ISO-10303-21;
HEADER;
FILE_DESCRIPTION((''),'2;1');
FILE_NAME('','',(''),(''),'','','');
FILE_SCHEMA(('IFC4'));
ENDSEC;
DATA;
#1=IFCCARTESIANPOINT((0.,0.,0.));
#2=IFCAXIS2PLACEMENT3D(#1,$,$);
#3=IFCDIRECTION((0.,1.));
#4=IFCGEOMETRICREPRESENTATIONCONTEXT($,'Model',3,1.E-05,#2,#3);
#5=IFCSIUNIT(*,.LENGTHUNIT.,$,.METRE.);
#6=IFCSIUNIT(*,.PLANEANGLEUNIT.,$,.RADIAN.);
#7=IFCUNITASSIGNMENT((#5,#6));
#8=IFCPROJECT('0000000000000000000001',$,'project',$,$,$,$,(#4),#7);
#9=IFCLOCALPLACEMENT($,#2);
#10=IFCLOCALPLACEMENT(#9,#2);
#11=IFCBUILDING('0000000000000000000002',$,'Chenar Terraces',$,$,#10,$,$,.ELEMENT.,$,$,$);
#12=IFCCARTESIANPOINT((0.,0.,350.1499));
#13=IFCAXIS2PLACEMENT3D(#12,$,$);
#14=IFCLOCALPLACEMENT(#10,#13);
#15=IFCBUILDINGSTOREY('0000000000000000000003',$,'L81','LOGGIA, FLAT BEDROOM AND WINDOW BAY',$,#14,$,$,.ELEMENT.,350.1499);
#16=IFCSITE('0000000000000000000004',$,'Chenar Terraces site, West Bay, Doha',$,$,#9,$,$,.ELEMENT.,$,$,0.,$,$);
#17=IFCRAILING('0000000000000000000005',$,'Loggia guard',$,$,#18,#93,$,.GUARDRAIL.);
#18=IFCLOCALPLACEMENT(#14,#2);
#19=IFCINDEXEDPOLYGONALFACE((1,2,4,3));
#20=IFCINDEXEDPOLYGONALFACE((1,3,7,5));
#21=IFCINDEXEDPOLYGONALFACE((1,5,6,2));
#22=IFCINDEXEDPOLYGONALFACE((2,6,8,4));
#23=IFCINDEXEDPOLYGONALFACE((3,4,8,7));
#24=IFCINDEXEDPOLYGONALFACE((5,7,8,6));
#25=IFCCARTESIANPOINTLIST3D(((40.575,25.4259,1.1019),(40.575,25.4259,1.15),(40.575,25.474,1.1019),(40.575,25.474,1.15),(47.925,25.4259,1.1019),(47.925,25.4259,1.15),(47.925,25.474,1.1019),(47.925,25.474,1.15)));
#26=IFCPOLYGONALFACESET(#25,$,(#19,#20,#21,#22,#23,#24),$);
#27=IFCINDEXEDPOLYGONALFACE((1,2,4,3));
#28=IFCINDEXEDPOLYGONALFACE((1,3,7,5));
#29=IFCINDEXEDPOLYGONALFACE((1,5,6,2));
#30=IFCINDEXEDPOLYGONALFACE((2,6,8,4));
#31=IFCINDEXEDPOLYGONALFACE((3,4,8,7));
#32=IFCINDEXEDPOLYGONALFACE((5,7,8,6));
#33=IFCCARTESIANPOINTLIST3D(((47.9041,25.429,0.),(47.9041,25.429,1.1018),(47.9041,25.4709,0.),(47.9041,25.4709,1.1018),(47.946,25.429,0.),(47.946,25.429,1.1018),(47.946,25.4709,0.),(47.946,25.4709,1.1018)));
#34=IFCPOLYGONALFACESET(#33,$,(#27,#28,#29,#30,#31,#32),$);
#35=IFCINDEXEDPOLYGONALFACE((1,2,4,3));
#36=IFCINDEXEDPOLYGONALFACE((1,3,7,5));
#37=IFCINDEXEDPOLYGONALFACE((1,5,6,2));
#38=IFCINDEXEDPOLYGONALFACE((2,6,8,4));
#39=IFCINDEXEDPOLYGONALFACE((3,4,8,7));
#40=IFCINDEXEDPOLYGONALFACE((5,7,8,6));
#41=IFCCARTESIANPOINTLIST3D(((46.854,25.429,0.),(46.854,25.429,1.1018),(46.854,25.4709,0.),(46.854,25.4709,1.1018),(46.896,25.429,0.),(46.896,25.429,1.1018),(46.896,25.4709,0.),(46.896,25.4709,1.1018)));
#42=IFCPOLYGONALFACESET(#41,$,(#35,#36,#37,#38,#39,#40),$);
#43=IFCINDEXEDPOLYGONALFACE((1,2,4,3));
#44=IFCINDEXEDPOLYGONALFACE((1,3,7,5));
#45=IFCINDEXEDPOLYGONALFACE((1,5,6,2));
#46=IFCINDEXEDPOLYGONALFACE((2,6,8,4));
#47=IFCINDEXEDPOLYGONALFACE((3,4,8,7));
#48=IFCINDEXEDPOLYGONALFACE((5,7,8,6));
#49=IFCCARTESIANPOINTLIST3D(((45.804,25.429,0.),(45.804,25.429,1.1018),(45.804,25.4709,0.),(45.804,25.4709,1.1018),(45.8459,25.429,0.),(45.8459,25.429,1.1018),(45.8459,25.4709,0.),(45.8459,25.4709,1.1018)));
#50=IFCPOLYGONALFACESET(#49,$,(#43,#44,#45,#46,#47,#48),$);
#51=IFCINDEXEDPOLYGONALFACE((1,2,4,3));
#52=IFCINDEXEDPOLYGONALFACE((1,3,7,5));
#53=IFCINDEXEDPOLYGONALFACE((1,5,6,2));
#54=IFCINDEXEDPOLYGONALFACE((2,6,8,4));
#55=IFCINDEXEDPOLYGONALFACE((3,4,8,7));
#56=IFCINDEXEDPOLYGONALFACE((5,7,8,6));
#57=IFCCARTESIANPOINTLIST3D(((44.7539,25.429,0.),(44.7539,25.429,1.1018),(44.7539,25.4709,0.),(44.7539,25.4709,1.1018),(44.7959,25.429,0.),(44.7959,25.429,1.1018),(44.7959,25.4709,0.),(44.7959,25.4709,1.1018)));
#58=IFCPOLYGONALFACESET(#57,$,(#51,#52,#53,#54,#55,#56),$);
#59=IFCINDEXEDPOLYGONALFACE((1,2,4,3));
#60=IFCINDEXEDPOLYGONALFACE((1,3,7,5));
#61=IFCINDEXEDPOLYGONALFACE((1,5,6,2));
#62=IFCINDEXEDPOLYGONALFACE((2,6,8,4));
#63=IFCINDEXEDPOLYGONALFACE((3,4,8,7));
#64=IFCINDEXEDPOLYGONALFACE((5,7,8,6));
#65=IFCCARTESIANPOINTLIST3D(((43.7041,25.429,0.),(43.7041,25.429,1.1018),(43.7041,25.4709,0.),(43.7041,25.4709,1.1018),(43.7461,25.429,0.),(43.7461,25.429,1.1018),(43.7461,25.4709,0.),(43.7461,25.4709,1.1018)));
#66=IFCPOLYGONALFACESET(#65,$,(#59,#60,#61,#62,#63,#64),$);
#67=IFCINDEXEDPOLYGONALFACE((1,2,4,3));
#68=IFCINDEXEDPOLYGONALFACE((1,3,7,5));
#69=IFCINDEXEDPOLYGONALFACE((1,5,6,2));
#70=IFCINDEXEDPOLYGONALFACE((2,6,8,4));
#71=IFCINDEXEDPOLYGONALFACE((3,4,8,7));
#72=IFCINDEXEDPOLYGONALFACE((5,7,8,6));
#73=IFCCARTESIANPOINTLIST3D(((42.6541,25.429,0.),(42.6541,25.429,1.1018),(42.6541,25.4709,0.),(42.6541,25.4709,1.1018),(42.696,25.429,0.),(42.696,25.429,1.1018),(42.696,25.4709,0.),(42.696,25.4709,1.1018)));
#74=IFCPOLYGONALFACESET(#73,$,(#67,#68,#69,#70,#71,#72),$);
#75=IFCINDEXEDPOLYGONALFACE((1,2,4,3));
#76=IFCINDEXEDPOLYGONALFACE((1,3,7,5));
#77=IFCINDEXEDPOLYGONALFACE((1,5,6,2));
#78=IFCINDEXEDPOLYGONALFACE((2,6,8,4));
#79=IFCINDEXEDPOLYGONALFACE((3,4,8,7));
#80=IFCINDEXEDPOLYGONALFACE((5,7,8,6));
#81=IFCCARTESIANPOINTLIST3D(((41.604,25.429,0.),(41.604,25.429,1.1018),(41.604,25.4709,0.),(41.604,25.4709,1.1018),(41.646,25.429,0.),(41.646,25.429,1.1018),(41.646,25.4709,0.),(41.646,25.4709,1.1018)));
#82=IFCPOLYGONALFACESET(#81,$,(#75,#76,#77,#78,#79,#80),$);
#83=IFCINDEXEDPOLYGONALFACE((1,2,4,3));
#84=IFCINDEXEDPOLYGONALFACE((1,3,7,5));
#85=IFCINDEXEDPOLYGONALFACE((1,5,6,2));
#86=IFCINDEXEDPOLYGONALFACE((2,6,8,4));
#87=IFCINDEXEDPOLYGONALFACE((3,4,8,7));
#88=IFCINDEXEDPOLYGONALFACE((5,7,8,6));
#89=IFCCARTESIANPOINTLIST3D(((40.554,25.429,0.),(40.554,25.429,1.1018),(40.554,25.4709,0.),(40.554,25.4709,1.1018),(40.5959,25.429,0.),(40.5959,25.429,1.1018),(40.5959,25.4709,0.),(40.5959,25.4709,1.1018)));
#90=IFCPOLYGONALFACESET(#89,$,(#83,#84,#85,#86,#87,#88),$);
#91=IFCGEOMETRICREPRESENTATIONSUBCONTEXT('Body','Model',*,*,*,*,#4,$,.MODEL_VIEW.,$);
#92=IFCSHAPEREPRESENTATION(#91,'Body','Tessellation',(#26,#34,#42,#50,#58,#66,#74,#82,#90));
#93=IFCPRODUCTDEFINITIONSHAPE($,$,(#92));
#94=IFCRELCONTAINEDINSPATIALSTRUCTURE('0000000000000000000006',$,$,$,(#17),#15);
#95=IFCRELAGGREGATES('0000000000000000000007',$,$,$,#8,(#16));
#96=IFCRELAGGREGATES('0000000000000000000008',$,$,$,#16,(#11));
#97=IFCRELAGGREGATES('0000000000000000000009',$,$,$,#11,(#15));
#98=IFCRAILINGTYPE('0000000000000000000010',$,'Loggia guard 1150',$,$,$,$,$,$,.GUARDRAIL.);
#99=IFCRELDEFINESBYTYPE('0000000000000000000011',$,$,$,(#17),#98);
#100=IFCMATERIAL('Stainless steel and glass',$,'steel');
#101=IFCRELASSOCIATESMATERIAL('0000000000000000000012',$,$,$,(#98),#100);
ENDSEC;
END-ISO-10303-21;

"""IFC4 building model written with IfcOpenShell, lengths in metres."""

from ifc_helpers import new_model, si_unit, direction, frame, origin, origin_2d, place, context, subcontext, project, spatial, rectangle, extrude, material, type_object, element, save


model = new_model("IFC4")

# Units and contexts
model_context = context("Model", 3, precision=1e-05, world=origin(), true_north=direction((0.0, 1.0)))
body_context = subcontext(model_context, "Body", "Model", "MODEL_VIEW")
ifc_project = project(units=[si_unit("LENGTHUNIT", "METRE"), si_unit("PLANEANGLEUNIT", "RADIAN")], contexts=[model_context])

# Site, building, storey
site_placement = place(None, origin())
site = spatial("IfcSite", under=ifc_project, at=site_placement, Name="Chenar Terraces site, West Bay, Doha", CompositionType="ELEMENT", RefElevation=0.0)
building_placement = place(site_placement, origin())
building = spatial("IfcBuilding", under=site, at=building_placement, Name="Chenar Terraces", CompositionType="ELEMENT")
storey_placement = place(building_placement, frame((0.0, 0.0, 350.1499)))
storey = spatial("IfcBuildingStorey", under=building, at=storey_placement, Name="L81", Description="LOGGIA, FLAT BEDROOM AND WINDOW BAY", CompositionType="ELEMENT", Elevation=350.1499)

# Railing
ifc_material_1 = material(Name="Stainless steel and glass", Category="steel")
railing_type_1 = type_object("IfcRailingType", Name="Loggia guard 1150", PredefinedType="GUARDRAIL", material=ifc_material_1)
railing_1_placement = place(storey_placement, frame((47.925, 25.45, 0.0)))
element("IfcRailing", 1, at=railing_1_placement, inside=storey, type_object=railing_type_1, Name="Loggia guard", PredefinedType="GUARDRAIL", context=body_context, shape_type="SweptSolid", body=[
    extrude(rectangle(XDim=0.0481, YDim=0.0481, at=origin_2d()), frame((0.0, 0.0, 1.126), z_axis=(-1.0, 0.0, 0.0), x_axis=(0.0, -1.0, 0.0)), (0.0, 0.0, 1.0), 7.3501),
    extrude(rectangle(XDim=0.042, YDim=0.042, at=origin_2d()), origin(), (0.0, 0.0, 1.0), 1.1018),
    extrude(rectangle(XDim=0.042, YDim=0.042, at=origin_2d()), frame((-1.05, 0.0, 0.0)), (0.0, 0.0, 1.0), 1.1018),
    extrude(rectangle(XDim=0.042, YDim=0.042, at=origin_2d()), frame((-2.1001, 0.0, 0.0)), (0.0, 0.0, 1.0), 1.1018),
    extrude(rectangle(XDim=0.042, YDim=0.042, at=origin_2d()), frame((-3.1501, 0.0, 0.0)), (0.0, 0.0, 1.0), 1.1018),
    extrude(rectangle(XDim=0.042, YDim=0.042, at=origin_2d()), frame((-4.2, 0.0, 0.0)), (0.0, 0.0, 1.0), 1.1018),
    extrude(rectangle(XDim=0.042, YDim=0.042, at=origin_2d()), frame((-5.25, 0.0, 0.0)), (0.0, 0.0, 1.0), 1.1018),
    extrude(rectangle(XDim=0.042, YDim=0.042, at=origin_2d()), frame((-6.3, 0.0, 0.0)), (0.0, 0.0, 1.0), 1.1018),
    extrude(rectangle(XDim=0.042, YDim=0.042, at=origin_2d()), frame((-7.3501, 0.0, 0.0)), (0.0, 0.0, 1.0), 1.1018),
])

save(model, "model.ifc")
